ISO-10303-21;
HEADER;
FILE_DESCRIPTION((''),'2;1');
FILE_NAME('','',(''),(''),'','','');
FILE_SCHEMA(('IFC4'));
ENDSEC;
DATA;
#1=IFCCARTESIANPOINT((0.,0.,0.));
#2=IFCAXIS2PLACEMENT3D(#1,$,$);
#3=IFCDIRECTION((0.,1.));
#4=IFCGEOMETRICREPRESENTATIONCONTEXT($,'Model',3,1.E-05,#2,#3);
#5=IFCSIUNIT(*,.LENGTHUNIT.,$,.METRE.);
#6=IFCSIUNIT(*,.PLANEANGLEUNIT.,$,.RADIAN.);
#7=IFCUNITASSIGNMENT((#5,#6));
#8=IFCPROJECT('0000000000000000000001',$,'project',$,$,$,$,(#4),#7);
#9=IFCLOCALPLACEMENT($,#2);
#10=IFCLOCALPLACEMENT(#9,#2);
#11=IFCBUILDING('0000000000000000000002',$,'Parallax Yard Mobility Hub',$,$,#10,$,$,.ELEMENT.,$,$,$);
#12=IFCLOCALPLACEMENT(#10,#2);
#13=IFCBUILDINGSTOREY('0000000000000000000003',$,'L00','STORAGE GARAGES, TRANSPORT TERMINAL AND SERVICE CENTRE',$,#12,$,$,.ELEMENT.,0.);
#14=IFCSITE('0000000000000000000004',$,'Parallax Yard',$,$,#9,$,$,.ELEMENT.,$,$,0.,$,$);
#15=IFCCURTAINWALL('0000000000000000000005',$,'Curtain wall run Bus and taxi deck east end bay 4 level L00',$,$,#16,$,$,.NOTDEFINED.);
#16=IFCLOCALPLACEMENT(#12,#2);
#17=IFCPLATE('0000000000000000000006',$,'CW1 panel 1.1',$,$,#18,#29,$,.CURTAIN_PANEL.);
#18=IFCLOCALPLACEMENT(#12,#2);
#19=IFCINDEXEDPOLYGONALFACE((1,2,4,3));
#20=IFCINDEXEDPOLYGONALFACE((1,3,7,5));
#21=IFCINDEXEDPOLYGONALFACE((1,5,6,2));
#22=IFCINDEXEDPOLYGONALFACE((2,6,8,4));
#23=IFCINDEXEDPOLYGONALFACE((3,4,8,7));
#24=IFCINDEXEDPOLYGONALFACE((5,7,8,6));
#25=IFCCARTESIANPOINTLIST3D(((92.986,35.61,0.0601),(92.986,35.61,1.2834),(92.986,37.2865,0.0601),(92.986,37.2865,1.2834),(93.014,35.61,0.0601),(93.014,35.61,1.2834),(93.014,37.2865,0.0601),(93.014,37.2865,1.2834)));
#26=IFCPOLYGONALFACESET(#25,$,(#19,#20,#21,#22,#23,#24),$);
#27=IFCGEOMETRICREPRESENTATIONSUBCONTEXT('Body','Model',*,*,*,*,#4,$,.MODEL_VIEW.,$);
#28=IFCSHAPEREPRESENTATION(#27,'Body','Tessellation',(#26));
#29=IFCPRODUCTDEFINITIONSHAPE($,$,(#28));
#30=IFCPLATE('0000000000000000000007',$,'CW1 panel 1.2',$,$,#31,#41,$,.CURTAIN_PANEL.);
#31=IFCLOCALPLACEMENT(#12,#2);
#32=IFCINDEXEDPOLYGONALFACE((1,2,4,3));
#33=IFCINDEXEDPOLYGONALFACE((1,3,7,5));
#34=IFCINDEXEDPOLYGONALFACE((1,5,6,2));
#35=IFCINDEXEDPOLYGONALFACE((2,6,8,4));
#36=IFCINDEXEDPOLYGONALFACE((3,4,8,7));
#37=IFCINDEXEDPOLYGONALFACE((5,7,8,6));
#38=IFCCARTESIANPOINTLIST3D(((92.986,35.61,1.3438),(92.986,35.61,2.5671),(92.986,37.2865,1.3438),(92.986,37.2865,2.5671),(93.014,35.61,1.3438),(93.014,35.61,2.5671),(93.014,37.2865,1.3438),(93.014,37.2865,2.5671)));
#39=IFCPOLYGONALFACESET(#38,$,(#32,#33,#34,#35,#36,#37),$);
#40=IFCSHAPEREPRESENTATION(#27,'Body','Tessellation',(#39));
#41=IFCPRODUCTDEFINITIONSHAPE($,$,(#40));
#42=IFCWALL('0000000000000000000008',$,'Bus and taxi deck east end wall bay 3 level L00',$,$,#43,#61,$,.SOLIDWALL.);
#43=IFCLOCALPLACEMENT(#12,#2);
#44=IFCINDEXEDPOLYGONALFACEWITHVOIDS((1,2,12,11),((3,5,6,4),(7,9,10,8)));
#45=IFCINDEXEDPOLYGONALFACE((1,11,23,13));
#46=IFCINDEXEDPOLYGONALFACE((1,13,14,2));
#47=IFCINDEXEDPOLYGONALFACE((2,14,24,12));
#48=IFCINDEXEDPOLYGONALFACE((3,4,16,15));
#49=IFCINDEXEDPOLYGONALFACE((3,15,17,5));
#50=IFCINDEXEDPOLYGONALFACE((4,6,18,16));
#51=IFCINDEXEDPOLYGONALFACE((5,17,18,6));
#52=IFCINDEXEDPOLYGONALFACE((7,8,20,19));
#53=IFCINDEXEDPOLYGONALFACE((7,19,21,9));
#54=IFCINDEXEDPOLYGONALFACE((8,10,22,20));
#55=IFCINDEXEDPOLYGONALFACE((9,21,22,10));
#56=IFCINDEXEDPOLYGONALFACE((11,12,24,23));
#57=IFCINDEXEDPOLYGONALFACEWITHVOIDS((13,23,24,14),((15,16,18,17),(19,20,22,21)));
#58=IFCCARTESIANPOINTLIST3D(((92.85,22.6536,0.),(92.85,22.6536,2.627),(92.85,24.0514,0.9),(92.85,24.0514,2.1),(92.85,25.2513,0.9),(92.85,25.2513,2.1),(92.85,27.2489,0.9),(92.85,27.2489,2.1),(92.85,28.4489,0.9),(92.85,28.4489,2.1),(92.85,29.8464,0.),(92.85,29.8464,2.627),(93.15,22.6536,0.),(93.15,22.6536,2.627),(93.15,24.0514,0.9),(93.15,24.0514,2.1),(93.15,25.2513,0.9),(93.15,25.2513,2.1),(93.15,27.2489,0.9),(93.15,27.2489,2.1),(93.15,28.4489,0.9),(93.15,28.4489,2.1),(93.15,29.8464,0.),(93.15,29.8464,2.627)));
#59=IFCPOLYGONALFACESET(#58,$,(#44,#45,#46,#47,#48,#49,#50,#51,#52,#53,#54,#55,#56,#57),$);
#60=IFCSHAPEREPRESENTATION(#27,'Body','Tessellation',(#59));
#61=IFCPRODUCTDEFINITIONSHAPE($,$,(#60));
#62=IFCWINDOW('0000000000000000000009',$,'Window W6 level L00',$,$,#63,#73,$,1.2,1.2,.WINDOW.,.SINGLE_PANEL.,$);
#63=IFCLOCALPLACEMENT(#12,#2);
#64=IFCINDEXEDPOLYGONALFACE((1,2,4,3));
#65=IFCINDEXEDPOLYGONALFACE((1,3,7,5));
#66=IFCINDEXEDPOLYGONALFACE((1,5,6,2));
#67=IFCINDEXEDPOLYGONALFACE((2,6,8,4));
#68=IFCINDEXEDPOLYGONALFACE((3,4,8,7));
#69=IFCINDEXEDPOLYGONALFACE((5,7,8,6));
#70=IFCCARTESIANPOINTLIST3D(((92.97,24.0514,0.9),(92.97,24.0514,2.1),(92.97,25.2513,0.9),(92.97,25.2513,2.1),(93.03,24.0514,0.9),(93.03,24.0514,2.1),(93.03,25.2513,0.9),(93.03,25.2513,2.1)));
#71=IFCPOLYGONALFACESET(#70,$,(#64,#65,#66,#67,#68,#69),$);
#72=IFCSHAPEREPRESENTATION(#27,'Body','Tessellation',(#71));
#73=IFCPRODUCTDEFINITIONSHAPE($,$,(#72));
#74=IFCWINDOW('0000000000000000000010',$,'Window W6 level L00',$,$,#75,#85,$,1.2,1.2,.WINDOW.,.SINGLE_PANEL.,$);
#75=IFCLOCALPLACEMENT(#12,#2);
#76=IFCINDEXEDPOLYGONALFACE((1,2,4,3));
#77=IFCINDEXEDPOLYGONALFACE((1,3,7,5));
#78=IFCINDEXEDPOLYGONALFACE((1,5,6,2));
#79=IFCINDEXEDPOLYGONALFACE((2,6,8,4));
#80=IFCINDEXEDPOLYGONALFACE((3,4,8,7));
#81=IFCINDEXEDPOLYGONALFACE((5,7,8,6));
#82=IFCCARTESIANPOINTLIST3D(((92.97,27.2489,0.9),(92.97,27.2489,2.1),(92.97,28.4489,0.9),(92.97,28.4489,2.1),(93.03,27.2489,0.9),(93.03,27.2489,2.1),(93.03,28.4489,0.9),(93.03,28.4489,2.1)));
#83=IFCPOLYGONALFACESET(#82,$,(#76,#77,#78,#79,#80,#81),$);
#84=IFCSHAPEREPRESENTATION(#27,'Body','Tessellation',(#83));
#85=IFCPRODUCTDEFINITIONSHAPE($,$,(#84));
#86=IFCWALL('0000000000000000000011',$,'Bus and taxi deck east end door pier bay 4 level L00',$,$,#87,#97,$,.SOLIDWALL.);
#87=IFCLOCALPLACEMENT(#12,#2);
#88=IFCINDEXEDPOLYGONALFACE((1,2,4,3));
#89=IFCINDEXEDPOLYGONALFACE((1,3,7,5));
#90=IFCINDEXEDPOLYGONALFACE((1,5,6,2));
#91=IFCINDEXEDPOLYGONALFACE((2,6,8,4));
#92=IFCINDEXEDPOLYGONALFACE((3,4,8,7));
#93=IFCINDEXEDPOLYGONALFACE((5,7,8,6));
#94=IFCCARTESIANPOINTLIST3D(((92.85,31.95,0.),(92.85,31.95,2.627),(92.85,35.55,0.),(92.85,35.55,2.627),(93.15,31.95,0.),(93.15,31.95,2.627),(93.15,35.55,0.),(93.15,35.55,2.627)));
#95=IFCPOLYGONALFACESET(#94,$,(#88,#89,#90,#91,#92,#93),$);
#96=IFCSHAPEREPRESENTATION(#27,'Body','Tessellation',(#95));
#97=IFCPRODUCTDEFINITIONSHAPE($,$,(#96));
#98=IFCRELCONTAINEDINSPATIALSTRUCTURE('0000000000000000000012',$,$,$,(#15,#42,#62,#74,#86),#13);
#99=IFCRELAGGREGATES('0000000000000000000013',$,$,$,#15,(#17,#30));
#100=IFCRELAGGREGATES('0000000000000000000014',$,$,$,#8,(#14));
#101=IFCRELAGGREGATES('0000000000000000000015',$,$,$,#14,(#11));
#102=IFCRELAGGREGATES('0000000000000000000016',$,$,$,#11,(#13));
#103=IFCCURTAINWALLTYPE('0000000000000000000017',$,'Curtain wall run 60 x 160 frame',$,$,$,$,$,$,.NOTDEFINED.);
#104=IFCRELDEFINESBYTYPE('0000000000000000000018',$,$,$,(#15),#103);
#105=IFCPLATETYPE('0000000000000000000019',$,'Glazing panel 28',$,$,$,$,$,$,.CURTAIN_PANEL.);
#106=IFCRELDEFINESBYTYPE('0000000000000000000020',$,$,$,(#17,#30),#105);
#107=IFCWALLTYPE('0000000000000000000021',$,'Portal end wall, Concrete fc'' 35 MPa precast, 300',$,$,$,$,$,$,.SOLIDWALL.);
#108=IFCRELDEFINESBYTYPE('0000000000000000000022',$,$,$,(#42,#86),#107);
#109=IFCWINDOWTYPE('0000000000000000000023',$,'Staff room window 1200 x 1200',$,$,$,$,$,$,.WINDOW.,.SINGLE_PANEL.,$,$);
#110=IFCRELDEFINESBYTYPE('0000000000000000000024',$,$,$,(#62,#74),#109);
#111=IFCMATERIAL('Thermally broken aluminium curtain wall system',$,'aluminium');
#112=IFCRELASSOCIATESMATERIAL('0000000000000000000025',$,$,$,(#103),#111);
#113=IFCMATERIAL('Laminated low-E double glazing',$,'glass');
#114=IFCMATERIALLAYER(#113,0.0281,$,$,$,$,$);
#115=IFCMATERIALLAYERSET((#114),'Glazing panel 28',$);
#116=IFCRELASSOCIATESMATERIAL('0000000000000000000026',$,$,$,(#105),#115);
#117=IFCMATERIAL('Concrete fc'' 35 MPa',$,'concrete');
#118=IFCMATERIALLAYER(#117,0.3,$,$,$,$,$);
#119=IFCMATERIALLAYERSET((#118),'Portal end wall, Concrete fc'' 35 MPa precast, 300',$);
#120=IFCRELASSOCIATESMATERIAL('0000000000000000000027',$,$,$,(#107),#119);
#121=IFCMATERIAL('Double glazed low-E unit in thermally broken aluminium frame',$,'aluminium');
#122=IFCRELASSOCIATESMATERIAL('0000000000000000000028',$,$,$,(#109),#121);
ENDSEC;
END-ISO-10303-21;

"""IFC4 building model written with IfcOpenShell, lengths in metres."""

from ifc_helpers import new_model, si_unit, direction, frame, frame_2d, origin, origin_2d, place, context, subcontext, project, spatial, rectangle, extrude, material, layer, layer_set, type_object, element, fill, aggregate, save


model = new_model("IFC4")

# Units and contexts
model_context = context("Model", 3, precision=1e-05, world=origin(), true_north=direction((0.0, 1.0)))
body_context = subcontext(model_context, "Body", "Model", "MODEL_VIEW")
ifc_project = project(units=[si_unit("LENGTHUNIT", "METRE"), si_unit("PLANEANGLEUNIT", "RADIAN")], contexts=[model_context])

# Site, building, storey
site_placement = place(None, origin())
site = spatial("IfcSite", under=ifc_project, at=site_placement, Name="Parallax Yard", CompositionType="ELEMENT", RefElevation=0.0)
building_placement = place(site_placement, origin())
building = spatial("IfcBuilding", under=site, at=building_placement, Name="Parallax Yard Mobility Hub", CompositionType="ELEMENT")
storey_placement = place(building_placement, origin())
storey = spatial("IfcBuildingStorey", under=building, at=storey_placement, Name="L00", Description="STORAGE GARAGES, TRANSPORT TERMINAL AND SERVICE CENTRE", CompositionType="ELEMENT", Elevation=0.0)

# Shared definitions
ifc_material_1 = material(Name="Thermally broken aluminium curtain wall system", Category="aluminium")
curtain_wall_type = type_object("IfcCurtainWallType", Name="Curtain wall run 60 x 160 frame", PredefinedType="NOTDEFINED", material=ifc_material_1)

# Curtain wall
curtain_wall_1_placement = place(storey_placement, origin())
curtain_wall_1 = element("IfcCurtainWall", 1, at=curtain_wall_1_placement, inside=storey, type_object=curtain_wall_type, Name="Curtain wall run Bus and taxi deck east end bay 4 level L00", PredefinedType="NOTDEFINED")

# Plates
ifc_material_2 = material(Name="Laminated low-E double glazing", Category="glass")
ifc_layer_1 = layer(ifc_material_2, 0.0281)
ifc_layer_set_1 = layer_set([ifc_layer_1], Name="Glazing panel 28")
plate_type = type_object("IfcPlateType", Name="Glazing panel 28", PredefinedType="CURTAIN_PANEL", material=ifc_layer_set_1)
plate_1_placement = place(storey_placement, frame((93.0, 36.4482, 0.0601), z_axis=(0.0, 0.0, 1.0), x_axis=(0.0, 1.0, 0.0)))
plate_1 = element("IfcPlate", 2, at=plate_1_placement, type_object=plate_type, Name="CW1 panel 1.1", PredefinedType="CURTAIN_PANEL", context=body_context, shape_type="SweptSolid", body=[
    extrude(rectangle(XDim=1.6765, YDim=0.0281, at=origin_2d()), origin(), (0.0, 0.0, 1.0), 1.2234),
])
plate_2_placement = place(storey_placement, frame((93.0, 36.4482, 1.3438), z_axis=(0.0, 0.0, 1.0), x_axis=(0.0, 1.0, 0.0)))
plate_2 = element("IfcPlate", 3, at=plate_2_placement, type_object=plate_type, Name="CW1 panel 1.2", PredefinedType="CURTAIN_PANEL", context=body_context, shape_type="SweptSolid", body=[
    extrude(rectangle(XDim=1.6765, YDim=0.0281, at=origin_2d()), origin(), (0.0, 0.0, 1.0), 1.2234),
])
aggregate(curtain_wall_1, [plate_1, plate_2])

# Wall, openings, windows
ifc_material_3 = material(Name="Concrete fc' 35 MPa", Category="concrete")
ifc_layer_2 = layer(ifc_material_3, 0.3)
ifc_layer_set_2 = layer_set([ifc_layer_2], Name="Portal end wall, Concrete fc' 35 MPa precast, 300")
wall_type = type_object("IfcWallType", Name="Portal end wall, Concrete fc' 35 MPa precast, 300", PredefinedType="SOLIDWALL", material=ifc_layer_set_2)
wall_1_placement = place(storey_placement, frame((93.0, 22.6536, 0.0), z_axis=(0.0, 0.0, 1.0), x_axis=(0.0, 1.0, 0.0)))
wall_1 = element("IfcWall", 4, at=wall_1_placement, inside=storey, type_object=wall_type, Name="Bus and taxi deck east end wall bay 3 level L00", PredefinedType="SOLIDWALL", context=body_context, shape_type="SweptSolid", body=[
    extrude(rectangle(XDim=7.1929, YDim=0.3, at=frame_2d((3.5964, 0.0))), origin(), (0.0, 0.0, 1.0), 2.627),
])
opening_1_placement = place(wall_1_placement, frame((1.3977, 0.0, 0.8999)))
opening_1 = element("IfcOpeningElement", 5, at=opening_1_placement, cuts=wall_1, PredefinedType="OPENING", context=body_context, shape_type="SweptSolid", body=[
    extrude(rectangle(XDim=1.2, YDim=1.2, at=frame_2d((0.6001, 0.6001))), frame((0.0, 0.1602, 0.0), z_axis=(0.0, -1.0, 0.0), x_axis=(1.0, 0.0, 0.0)), (0.0, 0.0, 1.0), 0.3201),
])
opening_2_placement = place(wall_1_placement, frame((4.5952, 0.0, 0.8999)))
opening_2 = element("IfcOpeningElement", 6, at=opening_2_placement, cuts=wall_1, PredefinedType="OPENING", context=body_context, shape_type="SweptSolid", body=[
    extrude(rectangle(XDim=1.2, YDim=1.2, at=frame_2d((0.6001, 0.6001))), frame((0.0, 0.1602, 0.0), z_axis=(0.0, -1.0, 0.0), x_axis=(1.0, 0.0, 0.0)), (0.0, 0.0, 1.0), 0.3201),
])
ifc_material_4 = material(Name="Double glazed low-E unit in thermally broken aluminium frame", Category="aluminium")
window_type = type_object("IfcWindowType", Name="Staff room window 1200 x 1200", PartitioningType="SINGLE_PANEL", PredefinedType="WINDOW", material=ifc_material_4)
window_1_placement = place(opening_1_placement, origin())
window_1 = element("IfcWindow", 7, at=window_1_placement, inside=storey, type_object=window_type, Name="Window W6 level L00", OverallHeight=1.2, OverallWidth=1.2, PartitioningType="SINGLE_PANEL", PredefinedType="WINDOW", context=body_context, shape_type="SweptSolid", body=[
    extrude(rectangle(XDim=1.2, YDim=1.2, at=frame_2d((0.6001, 0.6001))), frame((0.0, 0.03, 0.0), z_axis=(0.0, -1.0, 0.0), x_axis=(1.0, 0.0, 0.0)), (0.0, 0.0, 1.0), 0.0601),
])
fill(opening_1, window_1)
window_2_placement = place(opening_2_placement, origin())
window_2 = element("IfcWindow", 8, at=window_2_placement, inside=storey, type_object=window_type, Name="Window W6 level L00", OverallHeight=1.2, OverallWidth=1.2, PartitioningType="SINGLE_PANEL", PredefinedType="WINDOW", context=body_context, shape_type="SweptSolid", body=[
    extrude(rectangle(XDim=1.2, YDim=1.2, at=frame_2d((0.6001, 0.6001))), frame((0.0, 0.03, 0.0), z_axis=(0.0, -1.0, 0.0), x_axis=(1.0, 0.0, 0.0)), (0.0, 0.0, 1.0), 0.0601),
])
fill(opening_2, window_2)

# Wall
wall_2_placement = place(storey_placement, frame((93.0, 31.95, 0.0), z_axis=(0.0, 0.0, 1.0), x_axis=(0.0, 1.0, 0.0)))
element("IfcWall", 9, at=wall_2_placement, inside=storey, type_object=wall_type, Name="Bus and taxi deck east end door pier bay 4 level L00", PredefinedType="SOLIDWALL", context=body_context, shape_type="SweptSolid", body=[
    extrude(rectangle(XDim=3.6001, YDim=0.3, at=frame_2d((1.8, 0.0))), origin(), (0.0, 0.0, 1.0), 2.627),
])

save(model, "model.ifc")
